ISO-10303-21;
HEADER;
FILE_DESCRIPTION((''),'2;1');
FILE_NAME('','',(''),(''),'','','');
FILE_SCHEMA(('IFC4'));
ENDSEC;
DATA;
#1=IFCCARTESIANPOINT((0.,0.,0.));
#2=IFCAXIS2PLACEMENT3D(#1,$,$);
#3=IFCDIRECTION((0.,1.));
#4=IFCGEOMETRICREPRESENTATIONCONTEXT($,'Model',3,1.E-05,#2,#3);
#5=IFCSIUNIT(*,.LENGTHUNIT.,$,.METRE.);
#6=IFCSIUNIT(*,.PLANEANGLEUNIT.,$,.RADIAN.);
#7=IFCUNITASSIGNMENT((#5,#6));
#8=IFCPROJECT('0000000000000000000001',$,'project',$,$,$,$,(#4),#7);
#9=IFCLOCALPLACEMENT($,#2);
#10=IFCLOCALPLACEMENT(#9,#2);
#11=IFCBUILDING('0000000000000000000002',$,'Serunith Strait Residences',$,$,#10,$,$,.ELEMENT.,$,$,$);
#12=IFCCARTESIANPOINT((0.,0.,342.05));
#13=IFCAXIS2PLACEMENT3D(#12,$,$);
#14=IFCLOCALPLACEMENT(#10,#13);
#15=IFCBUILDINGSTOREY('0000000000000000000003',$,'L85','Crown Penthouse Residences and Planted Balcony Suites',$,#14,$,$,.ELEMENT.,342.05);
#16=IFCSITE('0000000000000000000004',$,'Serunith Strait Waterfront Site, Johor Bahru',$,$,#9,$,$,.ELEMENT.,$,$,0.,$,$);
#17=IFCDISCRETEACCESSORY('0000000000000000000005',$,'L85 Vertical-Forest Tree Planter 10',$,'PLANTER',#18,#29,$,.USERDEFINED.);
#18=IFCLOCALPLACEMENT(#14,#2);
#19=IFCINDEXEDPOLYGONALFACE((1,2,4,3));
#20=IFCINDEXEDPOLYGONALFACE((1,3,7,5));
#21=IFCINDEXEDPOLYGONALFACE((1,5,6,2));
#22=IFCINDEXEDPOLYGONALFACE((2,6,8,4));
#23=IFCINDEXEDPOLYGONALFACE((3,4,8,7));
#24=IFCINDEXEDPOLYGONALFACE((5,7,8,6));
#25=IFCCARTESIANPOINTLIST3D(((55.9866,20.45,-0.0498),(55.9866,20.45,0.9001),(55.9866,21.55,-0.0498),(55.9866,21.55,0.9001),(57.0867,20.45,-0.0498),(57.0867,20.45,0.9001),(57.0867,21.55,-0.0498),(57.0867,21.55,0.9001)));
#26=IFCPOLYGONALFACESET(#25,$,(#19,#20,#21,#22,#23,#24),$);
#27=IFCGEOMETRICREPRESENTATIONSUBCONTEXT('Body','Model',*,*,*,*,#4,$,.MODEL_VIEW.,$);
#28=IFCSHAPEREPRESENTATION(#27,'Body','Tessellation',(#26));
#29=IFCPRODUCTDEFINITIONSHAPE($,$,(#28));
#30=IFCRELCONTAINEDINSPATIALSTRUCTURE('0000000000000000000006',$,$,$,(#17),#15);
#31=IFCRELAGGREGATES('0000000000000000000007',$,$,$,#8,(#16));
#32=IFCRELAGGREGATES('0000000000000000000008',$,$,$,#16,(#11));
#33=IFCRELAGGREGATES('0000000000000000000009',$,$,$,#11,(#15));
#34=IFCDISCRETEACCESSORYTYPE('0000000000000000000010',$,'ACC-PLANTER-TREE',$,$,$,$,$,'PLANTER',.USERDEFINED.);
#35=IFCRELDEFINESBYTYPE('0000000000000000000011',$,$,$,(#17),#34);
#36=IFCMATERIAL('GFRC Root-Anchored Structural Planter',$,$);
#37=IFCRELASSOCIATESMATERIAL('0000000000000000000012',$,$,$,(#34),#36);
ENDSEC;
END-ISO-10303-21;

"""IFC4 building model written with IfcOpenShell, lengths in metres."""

from ifc_helpers import new_model, si_unit, direction, frame, origin, origin_2d, place, context, subcontext, project, spatial, rectangle, extrude, source, transform, mapped, material, type_object, element, save


model = new_model("IFC4")

# Units and contexts
model_context = context("Model", 3, precision=1e-05, world=origin(), true_north=direction((0.0, 1.0)))
body_context = subcontext(model_context, "Body", "Model", "MODEL_VIEW")
ifc_project = project(units=[si_unit("LENGTHUNIT", "METRE"), si_unit("PLANEANGLEUNIT", "RADIAN")], contexts=[model_context])

# Site, building, storey
site_placement = place(None, origin())
site = spatial("IfcSite", under=ifc_project, at=site_placement, Name="Serunith Strait Waterfront Site, Johor Bahru", CompositionType="ELEMENT", RefElevation=0.0)
building_placement = place(site_placement, origin())
building = spatial("IfcBuilding", under=site, at=building_placement, Name="Serunith Strait Residences", CompositionType="ELEMENT")
storey_placement = place(building_placement, frame((0.0, 0.0, 342.05)))
storey = spatial("IfcBuildingStorey", under=building, at=storey_placement, Name="L85", Description="Crown Penthouse Residences and Planted Balcony Suites", CompositionType="ELEMENT", Elevation=342.05)

# Discrete accessory
ifc_material_1 = material(Name="GFRC Root-Anchored Structural Planter")
discrete_accessory_type = type_object("IfcDiscreteAccessoryType", Name="ACC-PLANTER-TREE", ElementType="PLANTER", PredefinedType="USERDEFINED", material=ifc_material_1)
shared_shape_1 = source(origin(), body_context, "Body", "SweptSolid", [
    extrude(rectangle(XDim=1.1001, YDim=1.1001, at=origin_2d()), origin(), (0.0, 0.0, 1.0), 0.95),
])
discrete_accessory_placement = place(storey_placement, frame((56.5366, 21.0, -0.0498), z_axis=(0.0, 0.0, 1.0), x_axis=(0.0, 1.0, 0.0)))
element("IfcDiscreteAccessory", 1, at=discrete_accessory_placement, inside=storey, type_object=discrete_accessory_type, Name="L85 Vertical-Forest Tree Planter 10", ObjectType="PLANTER", PredefinedType="USERDEFINED", context=body_context, shape_type="MappedRepresentation", body=[
    mapped(shared_shape_1, transform((0.0, 0.0, 0.0), scale=1.0)),
])

save(model, "model.ifc")
